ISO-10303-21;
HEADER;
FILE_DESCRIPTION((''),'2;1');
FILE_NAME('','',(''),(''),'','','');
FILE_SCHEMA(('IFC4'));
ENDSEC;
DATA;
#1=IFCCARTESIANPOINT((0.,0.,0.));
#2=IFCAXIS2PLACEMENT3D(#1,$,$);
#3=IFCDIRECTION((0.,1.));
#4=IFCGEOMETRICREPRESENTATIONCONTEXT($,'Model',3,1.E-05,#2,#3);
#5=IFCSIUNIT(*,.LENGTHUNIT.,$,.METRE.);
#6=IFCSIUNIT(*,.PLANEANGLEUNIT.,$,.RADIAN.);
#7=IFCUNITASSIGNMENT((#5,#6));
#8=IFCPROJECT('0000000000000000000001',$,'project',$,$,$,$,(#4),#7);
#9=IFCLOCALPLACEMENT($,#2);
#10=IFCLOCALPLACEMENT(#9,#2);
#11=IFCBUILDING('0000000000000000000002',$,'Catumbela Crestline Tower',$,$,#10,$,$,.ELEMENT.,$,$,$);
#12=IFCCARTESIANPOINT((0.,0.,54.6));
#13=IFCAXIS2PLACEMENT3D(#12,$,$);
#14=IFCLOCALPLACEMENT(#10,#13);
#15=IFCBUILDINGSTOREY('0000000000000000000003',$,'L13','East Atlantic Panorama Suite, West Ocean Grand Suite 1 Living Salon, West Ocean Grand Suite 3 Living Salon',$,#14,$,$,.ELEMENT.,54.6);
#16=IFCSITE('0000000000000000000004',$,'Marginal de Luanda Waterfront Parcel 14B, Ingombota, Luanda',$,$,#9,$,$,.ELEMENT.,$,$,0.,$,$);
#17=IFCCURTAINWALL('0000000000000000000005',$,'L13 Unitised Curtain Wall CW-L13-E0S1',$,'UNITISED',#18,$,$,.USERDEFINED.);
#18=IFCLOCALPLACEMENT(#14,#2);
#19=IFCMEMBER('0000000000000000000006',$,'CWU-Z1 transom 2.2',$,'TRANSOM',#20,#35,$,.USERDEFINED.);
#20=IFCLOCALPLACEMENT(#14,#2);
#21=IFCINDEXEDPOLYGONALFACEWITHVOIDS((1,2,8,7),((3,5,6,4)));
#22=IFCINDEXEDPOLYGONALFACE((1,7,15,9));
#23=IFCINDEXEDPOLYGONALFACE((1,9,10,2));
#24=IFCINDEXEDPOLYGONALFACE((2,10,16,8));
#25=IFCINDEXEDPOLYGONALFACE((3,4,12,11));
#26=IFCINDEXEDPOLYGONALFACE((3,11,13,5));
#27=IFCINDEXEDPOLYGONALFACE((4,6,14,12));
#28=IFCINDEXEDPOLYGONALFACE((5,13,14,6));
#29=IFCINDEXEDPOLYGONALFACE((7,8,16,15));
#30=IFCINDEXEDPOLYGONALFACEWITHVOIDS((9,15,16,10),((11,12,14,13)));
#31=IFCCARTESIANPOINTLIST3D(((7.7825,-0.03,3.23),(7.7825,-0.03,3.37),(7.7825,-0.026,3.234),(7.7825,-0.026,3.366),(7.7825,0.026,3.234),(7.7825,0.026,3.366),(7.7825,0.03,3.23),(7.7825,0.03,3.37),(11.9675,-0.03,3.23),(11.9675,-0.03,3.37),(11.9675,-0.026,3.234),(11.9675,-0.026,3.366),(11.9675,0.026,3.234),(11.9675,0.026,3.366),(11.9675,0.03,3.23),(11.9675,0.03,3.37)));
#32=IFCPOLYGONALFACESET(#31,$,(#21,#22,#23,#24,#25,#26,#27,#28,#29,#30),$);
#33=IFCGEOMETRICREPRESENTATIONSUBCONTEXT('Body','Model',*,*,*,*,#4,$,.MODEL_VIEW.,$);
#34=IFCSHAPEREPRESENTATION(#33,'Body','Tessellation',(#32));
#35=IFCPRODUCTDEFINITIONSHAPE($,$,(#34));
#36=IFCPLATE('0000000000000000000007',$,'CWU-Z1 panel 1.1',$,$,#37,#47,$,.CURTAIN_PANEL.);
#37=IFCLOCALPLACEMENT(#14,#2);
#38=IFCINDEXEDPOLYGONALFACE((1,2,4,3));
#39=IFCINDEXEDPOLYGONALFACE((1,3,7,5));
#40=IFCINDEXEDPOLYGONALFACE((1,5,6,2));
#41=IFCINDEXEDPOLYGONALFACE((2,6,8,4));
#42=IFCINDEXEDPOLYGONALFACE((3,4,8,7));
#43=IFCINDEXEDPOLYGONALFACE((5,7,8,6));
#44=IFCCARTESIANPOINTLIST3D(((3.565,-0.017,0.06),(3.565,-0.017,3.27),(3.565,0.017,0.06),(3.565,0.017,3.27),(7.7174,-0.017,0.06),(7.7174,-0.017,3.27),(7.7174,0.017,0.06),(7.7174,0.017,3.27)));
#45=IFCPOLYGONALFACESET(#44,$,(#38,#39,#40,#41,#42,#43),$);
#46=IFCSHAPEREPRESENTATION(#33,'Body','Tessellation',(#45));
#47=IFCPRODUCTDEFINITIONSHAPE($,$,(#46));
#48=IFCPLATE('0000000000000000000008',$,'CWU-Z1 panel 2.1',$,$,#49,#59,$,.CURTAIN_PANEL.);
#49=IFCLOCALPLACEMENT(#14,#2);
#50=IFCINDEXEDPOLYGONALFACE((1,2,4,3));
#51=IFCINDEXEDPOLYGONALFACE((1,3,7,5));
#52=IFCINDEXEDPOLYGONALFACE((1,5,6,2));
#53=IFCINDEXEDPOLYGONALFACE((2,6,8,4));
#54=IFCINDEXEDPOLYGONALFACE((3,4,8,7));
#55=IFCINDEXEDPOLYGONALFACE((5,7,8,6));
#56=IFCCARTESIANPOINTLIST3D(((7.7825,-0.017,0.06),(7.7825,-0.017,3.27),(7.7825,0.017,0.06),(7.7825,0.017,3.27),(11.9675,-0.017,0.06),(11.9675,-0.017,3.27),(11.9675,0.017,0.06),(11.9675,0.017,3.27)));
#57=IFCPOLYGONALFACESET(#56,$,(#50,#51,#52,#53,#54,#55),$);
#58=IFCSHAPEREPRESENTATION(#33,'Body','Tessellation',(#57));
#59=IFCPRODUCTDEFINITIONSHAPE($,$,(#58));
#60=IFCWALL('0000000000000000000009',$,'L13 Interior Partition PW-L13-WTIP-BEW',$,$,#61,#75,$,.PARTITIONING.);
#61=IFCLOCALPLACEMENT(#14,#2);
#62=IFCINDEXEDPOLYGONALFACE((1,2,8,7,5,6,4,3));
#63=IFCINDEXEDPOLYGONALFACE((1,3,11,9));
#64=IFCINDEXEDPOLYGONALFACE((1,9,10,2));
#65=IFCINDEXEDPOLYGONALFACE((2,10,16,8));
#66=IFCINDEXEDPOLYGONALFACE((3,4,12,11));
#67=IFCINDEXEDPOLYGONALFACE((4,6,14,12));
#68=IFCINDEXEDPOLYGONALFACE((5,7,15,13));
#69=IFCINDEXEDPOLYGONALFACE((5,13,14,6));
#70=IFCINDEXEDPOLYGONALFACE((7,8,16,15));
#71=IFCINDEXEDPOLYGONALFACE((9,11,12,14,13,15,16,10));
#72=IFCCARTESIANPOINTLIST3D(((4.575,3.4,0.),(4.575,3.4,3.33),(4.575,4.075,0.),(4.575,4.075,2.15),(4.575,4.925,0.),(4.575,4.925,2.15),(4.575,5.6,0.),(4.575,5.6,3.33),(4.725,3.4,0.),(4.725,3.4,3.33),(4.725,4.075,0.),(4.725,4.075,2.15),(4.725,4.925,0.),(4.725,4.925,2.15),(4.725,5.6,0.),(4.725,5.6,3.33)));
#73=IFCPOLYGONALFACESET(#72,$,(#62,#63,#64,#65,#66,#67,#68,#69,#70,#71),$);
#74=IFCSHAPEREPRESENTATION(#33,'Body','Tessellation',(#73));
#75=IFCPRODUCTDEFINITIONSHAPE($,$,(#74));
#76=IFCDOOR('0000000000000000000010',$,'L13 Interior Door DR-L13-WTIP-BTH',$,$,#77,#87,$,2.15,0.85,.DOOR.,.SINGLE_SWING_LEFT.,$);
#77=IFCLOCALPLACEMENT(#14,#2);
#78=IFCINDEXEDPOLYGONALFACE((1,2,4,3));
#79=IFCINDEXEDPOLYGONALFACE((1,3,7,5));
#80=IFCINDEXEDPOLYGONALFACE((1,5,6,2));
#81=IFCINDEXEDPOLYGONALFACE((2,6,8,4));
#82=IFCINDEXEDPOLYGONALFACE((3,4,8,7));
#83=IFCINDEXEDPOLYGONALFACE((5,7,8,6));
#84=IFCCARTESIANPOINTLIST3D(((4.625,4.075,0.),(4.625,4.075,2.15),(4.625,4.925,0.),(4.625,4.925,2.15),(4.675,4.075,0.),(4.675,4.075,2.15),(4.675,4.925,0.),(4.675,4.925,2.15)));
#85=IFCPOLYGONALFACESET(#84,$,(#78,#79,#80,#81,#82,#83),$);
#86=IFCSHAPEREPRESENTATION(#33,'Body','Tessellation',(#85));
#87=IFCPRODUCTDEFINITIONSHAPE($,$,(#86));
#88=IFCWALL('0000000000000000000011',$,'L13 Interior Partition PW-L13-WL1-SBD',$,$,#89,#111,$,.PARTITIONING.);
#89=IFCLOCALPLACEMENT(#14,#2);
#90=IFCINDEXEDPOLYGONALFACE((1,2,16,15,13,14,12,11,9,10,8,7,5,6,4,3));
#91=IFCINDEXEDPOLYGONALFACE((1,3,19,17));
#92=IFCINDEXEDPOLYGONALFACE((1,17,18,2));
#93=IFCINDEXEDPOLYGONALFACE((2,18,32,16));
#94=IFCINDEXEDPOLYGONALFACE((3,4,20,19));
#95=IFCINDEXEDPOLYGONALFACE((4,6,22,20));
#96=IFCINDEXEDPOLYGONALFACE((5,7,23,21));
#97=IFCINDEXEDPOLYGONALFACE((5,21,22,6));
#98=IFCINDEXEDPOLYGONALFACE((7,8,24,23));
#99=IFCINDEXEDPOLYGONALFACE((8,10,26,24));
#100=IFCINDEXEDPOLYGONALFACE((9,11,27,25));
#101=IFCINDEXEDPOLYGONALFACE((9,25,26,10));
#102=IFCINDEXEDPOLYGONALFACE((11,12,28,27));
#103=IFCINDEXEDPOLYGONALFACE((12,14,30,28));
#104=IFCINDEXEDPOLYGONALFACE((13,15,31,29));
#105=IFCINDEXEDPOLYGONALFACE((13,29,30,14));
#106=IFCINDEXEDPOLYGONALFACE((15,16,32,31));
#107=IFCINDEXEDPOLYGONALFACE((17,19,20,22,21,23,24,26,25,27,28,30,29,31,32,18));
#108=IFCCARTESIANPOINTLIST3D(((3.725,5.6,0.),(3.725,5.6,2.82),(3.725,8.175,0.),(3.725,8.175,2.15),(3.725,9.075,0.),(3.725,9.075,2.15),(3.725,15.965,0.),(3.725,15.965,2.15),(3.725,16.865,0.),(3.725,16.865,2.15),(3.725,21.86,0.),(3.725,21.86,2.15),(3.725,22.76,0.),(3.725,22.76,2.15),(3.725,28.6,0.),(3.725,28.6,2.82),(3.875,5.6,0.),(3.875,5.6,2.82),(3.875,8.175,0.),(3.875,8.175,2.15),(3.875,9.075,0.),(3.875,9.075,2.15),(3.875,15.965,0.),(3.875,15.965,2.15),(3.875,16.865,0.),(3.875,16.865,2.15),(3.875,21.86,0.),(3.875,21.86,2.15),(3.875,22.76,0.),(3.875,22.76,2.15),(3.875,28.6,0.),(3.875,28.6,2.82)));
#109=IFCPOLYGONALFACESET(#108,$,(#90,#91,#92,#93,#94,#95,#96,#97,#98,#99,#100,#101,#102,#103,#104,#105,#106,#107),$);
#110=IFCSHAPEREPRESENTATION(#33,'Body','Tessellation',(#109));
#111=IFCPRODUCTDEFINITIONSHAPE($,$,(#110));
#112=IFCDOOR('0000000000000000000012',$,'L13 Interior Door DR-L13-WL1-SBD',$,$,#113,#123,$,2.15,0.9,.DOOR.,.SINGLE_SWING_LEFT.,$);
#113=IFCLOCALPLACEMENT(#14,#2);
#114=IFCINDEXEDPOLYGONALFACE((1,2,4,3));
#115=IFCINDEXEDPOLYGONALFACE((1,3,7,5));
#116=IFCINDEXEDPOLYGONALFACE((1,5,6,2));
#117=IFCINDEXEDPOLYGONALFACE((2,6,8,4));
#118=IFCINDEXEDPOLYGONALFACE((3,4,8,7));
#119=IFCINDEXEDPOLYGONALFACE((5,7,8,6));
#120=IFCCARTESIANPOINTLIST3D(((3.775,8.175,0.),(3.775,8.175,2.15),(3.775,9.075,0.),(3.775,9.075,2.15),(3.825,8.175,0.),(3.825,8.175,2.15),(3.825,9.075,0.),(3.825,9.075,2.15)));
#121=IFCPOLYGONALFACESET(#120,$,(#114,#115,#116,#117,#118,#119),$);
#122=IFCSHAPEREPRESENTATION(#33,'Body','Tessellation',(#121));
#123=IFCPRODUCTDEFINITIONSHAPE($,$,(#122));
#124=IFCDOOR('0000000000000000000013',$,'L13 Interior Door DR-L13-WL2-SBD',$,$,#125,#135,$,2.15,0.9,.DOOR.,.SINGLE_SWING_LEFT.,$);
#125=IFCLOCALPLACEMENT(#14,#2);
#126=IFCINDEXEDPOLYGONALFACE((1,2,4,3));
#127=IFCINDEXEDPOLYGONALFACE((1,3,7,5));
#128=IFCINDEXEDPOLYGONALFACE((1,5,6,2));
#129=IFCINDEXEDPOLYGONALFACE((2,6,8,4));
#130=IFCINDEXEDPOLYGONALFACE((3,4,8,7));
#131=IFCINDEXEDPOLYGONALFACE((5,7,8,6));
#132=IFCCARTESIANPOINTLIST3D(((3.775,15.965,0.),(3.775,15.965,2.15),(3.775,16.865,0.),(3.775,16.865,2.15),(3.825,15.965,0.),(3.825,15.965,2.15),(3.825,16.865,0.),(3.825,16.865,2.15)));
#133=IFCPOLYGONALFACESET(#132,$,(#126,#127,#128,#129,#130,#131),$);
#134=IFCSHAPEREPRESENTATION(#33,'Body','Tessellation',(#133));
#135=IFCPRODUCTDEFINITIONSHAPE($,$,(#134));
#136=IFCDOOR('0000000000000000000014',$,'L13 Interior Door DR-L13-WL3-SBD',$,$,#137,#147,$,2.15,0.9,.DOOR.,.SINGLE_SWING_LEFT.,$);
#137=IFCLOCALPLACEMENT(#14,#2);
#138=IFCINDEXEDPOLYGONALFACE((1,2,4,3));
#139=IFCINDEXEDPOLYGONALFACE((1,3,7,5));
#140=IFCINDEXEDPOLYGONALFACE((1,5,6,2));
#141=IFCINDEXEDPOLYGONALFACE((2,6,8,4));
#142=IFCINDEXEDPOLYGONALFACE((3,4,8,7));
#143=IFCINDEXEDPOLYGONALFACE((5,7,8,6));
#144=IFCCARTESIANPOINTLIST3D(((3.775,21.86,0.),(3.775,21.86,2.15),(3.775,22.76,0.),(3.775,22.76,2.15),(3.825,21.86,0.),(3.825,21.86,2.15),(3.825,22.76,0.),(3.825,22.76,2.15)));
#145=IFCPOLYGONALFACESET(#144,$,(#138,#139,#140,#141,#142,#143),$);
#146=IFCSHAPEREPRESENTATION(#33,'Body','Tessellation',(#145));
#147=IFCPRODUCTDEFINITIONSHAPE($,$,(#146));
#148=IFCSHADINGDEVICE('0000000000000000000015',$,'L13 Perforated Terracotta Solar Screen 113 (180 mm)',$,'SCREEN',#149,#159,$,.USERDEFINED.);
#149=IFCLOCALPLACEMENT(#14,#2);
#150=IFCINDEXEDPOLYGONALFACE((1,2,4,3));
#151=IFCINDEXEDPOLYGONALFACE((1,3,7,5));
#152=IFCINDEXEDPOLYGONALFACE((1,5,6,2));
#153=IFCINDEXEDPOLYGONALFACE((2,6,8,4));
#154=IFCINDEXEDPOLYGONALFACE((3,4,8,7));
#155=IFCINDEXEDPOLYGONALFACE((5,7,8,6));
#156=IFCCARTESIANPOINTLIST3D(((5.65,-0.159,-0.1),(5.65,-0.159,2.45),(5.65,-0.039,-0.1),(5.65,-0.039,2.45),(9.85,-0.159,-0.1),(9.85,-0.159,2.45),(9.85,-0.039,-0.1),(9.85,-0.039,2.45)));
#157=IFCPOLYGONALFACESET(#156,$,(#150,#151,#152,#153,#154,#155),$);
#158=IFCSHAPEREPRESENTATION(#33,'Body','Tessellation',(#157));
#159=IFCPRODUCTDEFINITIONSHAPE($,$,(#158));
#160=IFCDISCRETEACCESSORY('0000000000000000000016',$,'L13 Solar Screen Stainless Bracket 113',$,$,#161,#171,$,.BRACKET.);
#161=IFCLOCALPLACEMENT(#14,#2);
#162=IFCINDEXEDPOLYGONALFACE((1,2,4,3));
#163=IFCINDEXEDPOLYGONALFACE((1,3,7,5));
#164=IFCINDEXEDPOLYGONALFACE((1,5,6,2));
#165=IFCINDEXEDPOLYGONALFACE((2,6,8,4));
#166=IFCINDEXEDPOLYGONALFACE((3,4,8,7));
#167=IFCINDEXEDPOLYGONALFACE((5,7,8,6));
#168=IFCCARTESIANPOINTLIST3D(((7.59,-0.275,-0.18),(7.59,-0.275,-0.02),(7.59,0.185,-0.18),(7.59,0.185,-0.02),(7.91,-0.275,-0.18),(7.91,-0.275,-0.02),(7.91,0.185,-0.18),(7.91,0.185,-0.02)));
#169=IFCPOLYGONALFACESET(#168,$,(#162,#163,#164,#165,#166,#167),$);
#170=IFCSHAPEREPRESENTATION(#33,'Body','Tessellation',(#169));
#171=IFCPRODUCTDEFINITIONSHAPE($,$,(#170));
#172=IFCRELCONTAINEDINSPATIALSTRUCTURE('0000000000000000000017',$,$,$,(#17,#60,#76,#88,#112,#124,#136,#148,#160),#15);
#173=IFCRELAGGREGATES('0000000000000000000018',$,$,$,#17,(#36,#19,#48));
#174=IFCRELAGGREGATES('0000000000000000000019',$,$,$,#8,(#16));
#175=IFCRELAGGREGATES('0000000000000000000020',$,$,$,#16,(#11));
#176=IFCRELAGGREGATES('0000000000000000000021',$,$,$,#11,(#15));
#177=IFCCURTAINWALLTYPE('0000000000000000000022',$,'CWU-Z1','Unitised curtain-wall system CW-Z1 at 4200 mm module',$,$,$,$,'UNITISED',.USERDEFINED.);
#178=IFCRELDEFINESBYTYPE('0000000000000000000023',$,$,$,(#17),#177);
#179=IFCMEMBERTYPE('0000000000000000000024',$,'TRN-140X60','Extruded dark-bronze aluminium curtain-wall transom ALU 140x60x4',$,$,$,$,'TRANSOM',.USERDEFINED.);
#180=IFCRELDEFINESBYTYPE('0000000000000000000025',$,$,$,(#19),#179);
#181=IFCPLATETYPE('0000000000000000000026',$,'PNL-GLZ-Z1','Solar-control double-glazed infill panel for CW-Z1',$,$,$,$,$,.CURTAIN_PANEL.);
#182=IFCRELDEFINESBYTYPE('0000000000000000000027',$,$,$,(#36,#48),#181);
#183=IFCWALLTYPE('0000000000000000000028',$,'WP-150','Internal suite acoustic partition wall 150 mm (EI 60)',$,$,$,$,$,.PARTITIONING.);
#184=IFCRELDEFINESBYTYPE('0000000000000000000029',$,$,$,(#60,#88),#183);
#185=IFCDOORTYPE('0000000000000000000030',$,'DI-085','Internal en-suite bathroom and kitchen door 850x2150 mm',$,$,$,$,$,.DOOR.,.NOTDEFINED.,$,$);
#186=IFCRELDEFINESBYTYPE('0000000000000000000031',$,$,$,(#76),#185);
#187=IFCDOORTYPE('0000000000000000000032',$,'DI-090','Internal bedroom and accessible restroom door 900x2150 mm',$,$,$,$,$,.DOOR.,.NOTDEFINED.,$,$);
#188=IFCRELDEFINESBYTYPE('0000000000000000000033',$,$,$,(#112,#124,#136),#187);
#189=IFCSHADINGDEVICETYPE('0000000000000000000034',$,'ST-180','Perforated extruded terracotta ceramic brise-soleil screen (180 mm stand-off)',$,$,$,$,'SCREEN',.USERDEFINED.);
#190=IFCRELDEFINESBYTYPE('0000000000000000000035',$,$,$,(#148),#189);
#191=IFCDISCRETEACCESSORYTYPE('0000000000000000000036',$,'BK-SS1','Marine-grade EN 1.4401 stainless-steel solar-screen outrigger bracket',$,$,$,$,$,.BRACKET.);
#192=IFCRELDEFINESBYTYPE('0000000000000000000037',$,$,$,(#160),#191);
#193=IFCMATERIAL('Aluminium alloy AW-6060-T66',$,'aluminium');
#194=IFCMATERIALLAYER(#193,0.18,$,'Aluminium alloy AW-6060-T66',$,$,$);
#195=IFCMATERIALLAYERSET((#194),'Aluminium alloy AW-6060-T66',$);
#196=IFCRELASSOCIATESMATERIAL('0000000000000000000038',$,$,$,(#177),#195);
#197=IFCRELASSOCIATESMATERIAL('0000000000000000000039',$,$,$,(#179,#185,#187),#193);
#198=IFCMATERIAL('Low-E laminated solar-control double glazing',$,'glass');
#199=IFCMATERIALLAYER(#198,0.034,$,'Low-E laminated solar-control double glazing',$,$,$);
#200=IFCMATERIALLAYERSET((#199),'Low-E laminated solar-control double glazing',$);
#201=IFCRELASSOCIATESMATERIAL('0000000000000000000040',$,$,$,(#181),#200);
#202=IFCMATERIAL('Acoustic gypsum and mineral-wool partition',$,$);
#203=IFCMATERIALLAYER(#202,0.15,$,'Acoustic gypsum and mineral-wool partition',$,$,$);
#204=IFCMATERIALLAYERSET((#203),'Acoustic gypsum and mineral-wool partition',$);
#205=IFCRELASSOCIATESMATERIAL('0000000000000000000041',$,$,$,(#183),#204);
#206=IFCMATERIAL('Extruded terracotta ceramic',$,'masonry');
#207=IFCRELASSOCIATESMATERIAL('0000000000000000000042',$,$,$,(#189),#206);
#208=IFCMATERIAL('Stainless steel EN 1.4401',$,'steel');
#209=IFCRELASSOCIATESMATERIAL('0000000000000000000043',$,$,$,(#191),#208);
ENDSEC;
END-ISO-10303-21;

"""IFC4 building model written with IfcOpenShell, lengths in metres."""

from ifc_helpers import new_model, si_unit, direction, frame, frame_2d, origin, origin_2d, place, context, subcontext, project, spatial, rectangle, hollow_rectangle, extrude, material, layer, layer_set, material_profile, profile_set, type_object, element, fill, aggregate, save


model = new_model("IFC4")

# Units and contexts
model_context = context("Model", 3, precision=1e-05, world=origin(), true_north=direction((0.0, 1.0)))
body_context = subcontext(model_context, "Body", "Model", "MODEL_VIEW")
ifc_project = project(units=[si_unit("LENGTHUNIT", "METRE"), si_unit("PLANEANGLEUNIT", "RADIAN")], contexts=[model_context])

# Site, building, storey
site_placement = place(None, origin())
site = spatial("IfcSite", under=ifc_project, at=site_placement, Name="Marginal de Luanda Waterfront Parcel 14B, Ingombota, Luanda", CompositionType="ELEMENT", RefElevation=0.0)
building_placement = place(site_placement, origin())
building = spatial("IfcBuilding", under=site, at=building_placement, Name="Catumbela Crestline Tower", CompositionType="ELEMENT")
storey_placement = place(building_placement, frame((0.0, 0.0, 54.6)))
storey = spatial("IfcBuildingStorey", under=building, at=storey_placement, Name="L13", Description="East Atlantic Panorama Suite, West Ocean Grand Suite 1 Living Salon, West Ocean Grand Suite 3 Living Salon", CompositionType="ELEMENT", Elevation=54.6)

# Curtain wall, member, plates
ifc_material_1 = material(Name="Aluminium alloy AW-6060-T66", Category="aluminium")
ifc_layer_1 = layer(ifc_material_1, 0.18, Name="Aluminium alloy AW-6060-T66")
ifc_layer_set_1 = layer_set([ifc_layer_1], Name="Aluminium alloy AW-6060-T66")
curtain_wall_type = type_object("IfcCurtainWallType", Name="CWU-Z1", Description="Unitised curtain-wall system CW-Z1 at 4200 mm module", ElementType="UNITISED", PredefinedType="USERDEFINED", material=ifc_layer_set_1)
curtain_wall_placement = place(storey_placement, origin())
curtain_wall = element("IfcCurtainWall", 1, at=curtain_wall_placement, inside=storey, type_object=curtain_wall_type, Name="L13 Unitised Curtain Wall CW-L13-E0S1", ObjectType="UNITISED", PredefinedType="USERDEFINED")
ifc_material_profile_1 = material_profile(ifc_material_1, hollow_rectangle(XDim=0.06, YDim=0.14, WallThickness=0.004, at=origin_2d()), Name="ALU 140x60x4")
ifc_profile_set_1 = profile_set([ifc_material_profile_1], Name="Aluminium alloy AW-6060-T66")
member_type_1 = type_object("IfcMemberType", Name="TRN-140X60", Description="Extruded dark-bronze aluminium curtain-wall transom ALU 140x60x4", ElementType="TRANSOM", PredefinedType="USERDEFINED", material=ifc_profile_set_1)
member_1_placement = place(storey_placement, frame((7.7825, 0.0, 3.3), z_axis=(1.0, 0.0, 0.0), x_axis=(0.0, 1.0, 0.0)))
member_1 = element("IfcMember", 2, at=member_1_placement, type_object=member_type_1, Name="CWU-Z1 transom 2.2", ObjectType="TRANSOM", PredefinedType="USERDEFINED", context=body_context, shape_type="SweptSolid", body=[
    extrude(hollow_rectangle(XDim=0.06, YDim=0.14, WallThickness=0.004, at=origin_2d()), origin(), (0.0, 0.0, 1.0), 4.185),
])
ifc_material_2 = material(Name="Low-E laminated solar-control double glazing", Category="glass")
ifc_layer_2 = layer(ifc_material_2, 0.034, Name="Low-E laminated solar-control double glazing")
ifc_layer_set_2 = layer_set([ifc_layer_2], Name="Low-E laminated solar-control double glazing")
plate_type = type_object("IfcPlateType", Name="PNL-GLZ-Z1", Description="Solar-control double-glazed infill panel for CW-Z1", PredefinedType="CURTAIN_PANEL", material=ifc_layer_set_2)
plate_1_placement = place(storey_placement, frame((5.6412, 0.0, 0.06), z_axis=(0.0, 0.0, 1.0), x_axis=(1.0, 0.0, 0.0)))
plate_1 = element("IfcPlate", 3, at=plate_1_placement, type_object=plate_type, Name="CWU-Z1 panel 1.1", PredefinedType="CURTAIN_PANEL", context=body_context, shape_type="SweptSolid", body=[
    extrude(rectangle(XDim=4.1525, YDim=0.034, at=origin_2d()), origin(), (0.0, 0.0, 1.0), 3.21),
])
plate_2_placement = place(storey_placement, frame((9.875, 0.0, 0.06), z_axis=(0.0, 0.0, 1.0), x_axis=(1.0, 0.0, 0.0)))
plate_2 = element("IfcPlate", 4, at=plate_2_placement, type_object=plate_type, Name="CWU-Z1 panel 2.1", PredefinedType="CURTAIN_PANEL", context=body_context, shape_type="SweptSolid", body=[
    extrude(rectangle(XDim=4.185, YDim=0.034, at=origin_2d()), origin(), (0.0, 0.0, 1.0), 3.21),
])
aggregate(curtain_wall, [plate_1, member_1, plate_2])

# Wall, opening, door
ifc_material_3 = material(Name="Acoustic gypsum and mineral-wool partition")
ifc_layer_3 = layer(ifc_material_3, 0.15, Name="Acoustic gypsum and mineral-wool partition")
ifc_layer_set_3 = layer_set([ifc_layer_3], Name="Acoustic gypsum and mineral-wool partition")
wall_type = type_object("IfcWallType", Name="WP-150", Description="Internal suite acoustic partition wall 150 mm (EI 60)", PredefinedType="PARTITIONING", material=ifc_layer_set_3)
wall_1_placement = place(storey_placement, frame((4.65, 3.4, 0.0), z_axis=(0.0, 0.0, 1.0), x_axis=(0.0, 1.0, 0.0)))
wall_1 = element("IfcWall", 5, at=wall_1_placement, inside=storey, type_object=wall_type, Name="L13 Interior Partition PW-L13-WTIP-BEW", PredefinedType="PARTITIONING", context=body_context, shape_type="SweptSolid", body=[
    extrude(rectangle(XDim=2.2, YDim=0.15, at=frame_2d((1.1, 0.0))), origin(), (0.0, 0.0, 1.0), 3.33),
])
opening_1_placement = place(wall_1_placement, frame((0.675, 0.0, 0.0)))
opening_1 = element("IfcOpeningElement", 6, at=opening_1_placement, cuts=wall_1, PredefinedType="OPENING", context=body_context, shape_type="SweptSolid", body=[
    extrude(rectangle(XDim=0.85, YDim=2.15, at=frame_2d((0.425, 1.075))), frame((0.0, 0.085, 0.0), z_axis=(0.0, -1.0, 0.0), x_axis=(1.0, 0.0, 0.0)), (0.0, 0.0, 1.0), 0.17),
])
door_type_1 = type_object("IfcDoorType", Name="DI-085", Description="Internal en-suite bathroom and kitchen door 850x2150 mm", OperationType="NOTDEFINED", PredefinedType="DOOR", material=ifc_material_1)
door_1_placement = place(opening_1_placement, origin())
door_1 = element("IfcDoor", 7, at=door_1_placement, inside=storey, type_object=door_type_1, Name="L13 Interior Door DR-L13-WTIP-BTH", OperationType="SINGLE_SWING_LEFT", OverallHeight=2.15, OverallWidth=0.85, PredefinedType="DOOR", context=body_context, shape_type="SweptSolid", body=[
    extrude(rectangle(XDim=0.85, YDim=2.15, at=frame_2d((0.425, 1.075))), frame((0.0, 0.025, 0.0), z_axis=(0.0, -1.0, 0.0), x_axis=(1.0, 0.0, 0.0)), (0.0, 0.0, 1.0), 0.05),
])
fill(opening_1, door_1)

# Wall, openings, doors
wall_2_placement = place(storey_placement, frame((3.8, 5.6, 0.0), z_axis=(0.0, 0.0, 1.0), x_axis=(0.0, 1.0, 0.0)))
wall_2 = element("IfcWall", 8, at=wall_2_placement, inside=storey, type_object=wall_type, Name="L13 Interior Partition PW-L13-WL1-SBD", PredefinedType="PARTITIONING", context=body_context, shape_type="SweptSolid", body=[
    extrude(rectangle(XDim=23.0, YDim=0.15, at=frame_2d((11.5, 0.0))), origin(), (0.0, 0.0, 1.0), 2.82),
])
opening_2_placement = place(wall_2_placement, frame((2.575, 0.0, 0.0)))
opening_2 = element("IfcOpeningElement", 9, at=opening_2_placement, cuts=wall_2, PredefinedType="OPENING", context=body_context, shape_type="SweptSolid", body=[
    extrude(rectangle(XDim=0.9, YDim=2.15, at=frame_2d((0.45, 1.075))), frame((0.0, 0.085, 0.0), z_axis=(0.0, -1.0, 0.0), x_axis=(1.0, 0.0, 0.0)), (0.0, 0.0, 1.0), 0.17),
])
opening_3_placement = place(wall_2_placement, frame((10.365, 0.0, 0.0)))
opening_3 = element("IfcOpeningElement", 10, at=opening_3_placement, cuts=wall_2, PredefinedType="OPENING", context=body_context, shape_type="SweptSolid", body=[
    extrude(rectangle(XDim=0.9, YDim=2.15, at=frame_2d((0.45, 1.075))), frame((0.0, 0.085, 0.0), z_axis=(0.0, -1.0, 0.0), x_axis=(1.0, 0.0, 0.0)), (0.0, 0.0, 1.0), 0.17),
])
opening_4_placement = place(wall_2_placement, frame((16.26, 0.0, 0.0)))
opening_4 = element("IfcOpeningElement", 11, at=opening_4_placement, cuts=wall_2, PredefinedType="OPENING", context=body_context, shape_type="SweptSolid", body=[
    extrude(rectangle(XDim=0.9, YDim=2.15, at=frame_2d((0.45, 1.075))), frame((0.0, 0.085, 0.0), z_axis=(0.0, -1.0, 0.0), x_axis=(1.0, 0.0, 0.0)), (0.0, 0.0, 1.0), 0.17),
])
door_type_2 = type_object("IfcDoorType", Name="DI-090", Description="Internal bedroom and accessible restroom door 900x2150 mm", OperationType="NOTDEFINED", PredefinedType="DOOR", material=ifc_material_1)
door_2_placement = place(opening_2_placement, origin())
door_2 = element("IfcDoor", 12, at=door_2_placement, inside=storey, type_object=door_type_2, Name="L13 Interior Door DR-L13-WL1-SBD", OperationType="SINGLE_SWING_LEFT", OverallHeight=2.15, OverallWidth=0.9, PredefinedType="DOOR", context=body_context, shape_type="SweptSolid", body=[
    extrude(rectangle(XDim=0.9, YDim=2.15, at=frame_2d((0.45, 1.075))), frame((0.0, 0.025, 0.0), z_axis=(0.0, -1.0, 0.0), x_axis=(1.0, 0.0, 0.0)), (0.0, 0.0, 1.0), 0.05),
])
fill(opening_2, door_2)
door_3_placement = place(opening_3_placement, origin())
door_3 = element("IfcDoor", 13, at=door_3_placement, inside=storey, type_object=door_type_2, Name="L13 Interior Door DR-L13-WL2-SBD", OperationType="SINGLE_SWING_LEFT", OverallHeight=2.15, OverallWidth=0.9, PredefinedType="DOOR", context=body_context, shape_type="SweptSolid", body=[
    extrude(rectangle(XDim=0.9, YDim=2.15, at=frame_2d((0.45, 1.075))), frame((0.0, 0.025, 0.0), z_axis=(0.0, -1.0, 0.0), x_axis=(1.0, 0.0, 0.0)), (0.0, 0.0, 1.0), 0.05),
])
fill(opening_3, door_3)
door_4_placement = place(opening_4_placement, origin())
door_4 = element("IfcDoor", 14, at=door_4_placement, inside=storey, type_object=door_type_2, Name="L13 Interior Door DR-L13-WL3-SBD", OperationType="SINGLE_SWING_LEFT", OverallHeight=2.15, OverallWidth=0.9, PredefinedType="DOOR", context=body_context, shape_type="SweptSolid", body=[
    extrude(rectangle(XDim=0.9, YDim=2.15, at=frame_2d((0.45, 1.075))), frame((0.0, 0.025, 0.0), z_axis=(0.0, -1.0, 0.0), x_axis=(1.0, 0.0, 0.0)), (0.0, 0.0, 1.0), 0.05),
])
fill(opening_4, door_4)

# Shading device
ifc_material_4 = material(Name="Extruded terracotta ceramic", Category="masonry")
shading_device_type = type_object("IfcShadingDeviceType", Name="ST-180", Description="Perforated extruded terracotta ceramic brise-soleil screen (180 mm stand-off)", ElementType="SCREEN", PredefinedType="USERDEFINED", material=ifc_material_4)
shading_device_placement = place(storey_placement, frame((7.75, -0.099, -0.1), z_axis=(0.0, 0.0, 1.0), x_axis=(1.0, 0.0, 0.0)))
element("IfcShadingDevice", 15, at=shading_device_placement, inside=storey, type_object=shading_device_type, Name="L13 Perforated Terracotta Solar Screen 113 (180 mm)", ObjectType="SCREEN", PredefinedType="USERDEFINED", context=body_context, shape_type="SweptSolid", body=[
    extrude(rectangle(XDim=4.2, YDim=0.12, at=origin_2d()), origin(), (0.0, 0.0, 1.0), 2.55),
])

# Discrete accessory
ifc_material_5 = material(Name="Stainless steel EN 1.4401", Category="steel")
discrete_accessory_type = type_object("IfcDiscreteAccessoryType", Name="BK-SS1", Description="Marine-grade EN 1.4401 stainless-steel solar-screen outrigger bracket", PredefinedType="BRACKET", material=ifc_material_5)
discrete_accessory_placement = place(storey_placement, frame((7.75, -0.045, -0.18), z_axis=(0.0, 0.0, 1.0), x_axis=(1.0, 0.0, 0.0)))
element("IfcDiscreteAccessory", 16, at=discrete_accessory_placement, inside=storey, type_object=discrete_accessory_type, Name="L13 Solar Screen Stainless Bracket 113", PredefinedType="BRACKET", context=body_context, shape_type="SweptSolid", body=[
    extrude(rectangle(XDim=0.32, YDim=0.46, at=origin_2d()), origin(), (0.0, 0.0, 1.0), 0.16),
])

save(model, "model.ifc")
